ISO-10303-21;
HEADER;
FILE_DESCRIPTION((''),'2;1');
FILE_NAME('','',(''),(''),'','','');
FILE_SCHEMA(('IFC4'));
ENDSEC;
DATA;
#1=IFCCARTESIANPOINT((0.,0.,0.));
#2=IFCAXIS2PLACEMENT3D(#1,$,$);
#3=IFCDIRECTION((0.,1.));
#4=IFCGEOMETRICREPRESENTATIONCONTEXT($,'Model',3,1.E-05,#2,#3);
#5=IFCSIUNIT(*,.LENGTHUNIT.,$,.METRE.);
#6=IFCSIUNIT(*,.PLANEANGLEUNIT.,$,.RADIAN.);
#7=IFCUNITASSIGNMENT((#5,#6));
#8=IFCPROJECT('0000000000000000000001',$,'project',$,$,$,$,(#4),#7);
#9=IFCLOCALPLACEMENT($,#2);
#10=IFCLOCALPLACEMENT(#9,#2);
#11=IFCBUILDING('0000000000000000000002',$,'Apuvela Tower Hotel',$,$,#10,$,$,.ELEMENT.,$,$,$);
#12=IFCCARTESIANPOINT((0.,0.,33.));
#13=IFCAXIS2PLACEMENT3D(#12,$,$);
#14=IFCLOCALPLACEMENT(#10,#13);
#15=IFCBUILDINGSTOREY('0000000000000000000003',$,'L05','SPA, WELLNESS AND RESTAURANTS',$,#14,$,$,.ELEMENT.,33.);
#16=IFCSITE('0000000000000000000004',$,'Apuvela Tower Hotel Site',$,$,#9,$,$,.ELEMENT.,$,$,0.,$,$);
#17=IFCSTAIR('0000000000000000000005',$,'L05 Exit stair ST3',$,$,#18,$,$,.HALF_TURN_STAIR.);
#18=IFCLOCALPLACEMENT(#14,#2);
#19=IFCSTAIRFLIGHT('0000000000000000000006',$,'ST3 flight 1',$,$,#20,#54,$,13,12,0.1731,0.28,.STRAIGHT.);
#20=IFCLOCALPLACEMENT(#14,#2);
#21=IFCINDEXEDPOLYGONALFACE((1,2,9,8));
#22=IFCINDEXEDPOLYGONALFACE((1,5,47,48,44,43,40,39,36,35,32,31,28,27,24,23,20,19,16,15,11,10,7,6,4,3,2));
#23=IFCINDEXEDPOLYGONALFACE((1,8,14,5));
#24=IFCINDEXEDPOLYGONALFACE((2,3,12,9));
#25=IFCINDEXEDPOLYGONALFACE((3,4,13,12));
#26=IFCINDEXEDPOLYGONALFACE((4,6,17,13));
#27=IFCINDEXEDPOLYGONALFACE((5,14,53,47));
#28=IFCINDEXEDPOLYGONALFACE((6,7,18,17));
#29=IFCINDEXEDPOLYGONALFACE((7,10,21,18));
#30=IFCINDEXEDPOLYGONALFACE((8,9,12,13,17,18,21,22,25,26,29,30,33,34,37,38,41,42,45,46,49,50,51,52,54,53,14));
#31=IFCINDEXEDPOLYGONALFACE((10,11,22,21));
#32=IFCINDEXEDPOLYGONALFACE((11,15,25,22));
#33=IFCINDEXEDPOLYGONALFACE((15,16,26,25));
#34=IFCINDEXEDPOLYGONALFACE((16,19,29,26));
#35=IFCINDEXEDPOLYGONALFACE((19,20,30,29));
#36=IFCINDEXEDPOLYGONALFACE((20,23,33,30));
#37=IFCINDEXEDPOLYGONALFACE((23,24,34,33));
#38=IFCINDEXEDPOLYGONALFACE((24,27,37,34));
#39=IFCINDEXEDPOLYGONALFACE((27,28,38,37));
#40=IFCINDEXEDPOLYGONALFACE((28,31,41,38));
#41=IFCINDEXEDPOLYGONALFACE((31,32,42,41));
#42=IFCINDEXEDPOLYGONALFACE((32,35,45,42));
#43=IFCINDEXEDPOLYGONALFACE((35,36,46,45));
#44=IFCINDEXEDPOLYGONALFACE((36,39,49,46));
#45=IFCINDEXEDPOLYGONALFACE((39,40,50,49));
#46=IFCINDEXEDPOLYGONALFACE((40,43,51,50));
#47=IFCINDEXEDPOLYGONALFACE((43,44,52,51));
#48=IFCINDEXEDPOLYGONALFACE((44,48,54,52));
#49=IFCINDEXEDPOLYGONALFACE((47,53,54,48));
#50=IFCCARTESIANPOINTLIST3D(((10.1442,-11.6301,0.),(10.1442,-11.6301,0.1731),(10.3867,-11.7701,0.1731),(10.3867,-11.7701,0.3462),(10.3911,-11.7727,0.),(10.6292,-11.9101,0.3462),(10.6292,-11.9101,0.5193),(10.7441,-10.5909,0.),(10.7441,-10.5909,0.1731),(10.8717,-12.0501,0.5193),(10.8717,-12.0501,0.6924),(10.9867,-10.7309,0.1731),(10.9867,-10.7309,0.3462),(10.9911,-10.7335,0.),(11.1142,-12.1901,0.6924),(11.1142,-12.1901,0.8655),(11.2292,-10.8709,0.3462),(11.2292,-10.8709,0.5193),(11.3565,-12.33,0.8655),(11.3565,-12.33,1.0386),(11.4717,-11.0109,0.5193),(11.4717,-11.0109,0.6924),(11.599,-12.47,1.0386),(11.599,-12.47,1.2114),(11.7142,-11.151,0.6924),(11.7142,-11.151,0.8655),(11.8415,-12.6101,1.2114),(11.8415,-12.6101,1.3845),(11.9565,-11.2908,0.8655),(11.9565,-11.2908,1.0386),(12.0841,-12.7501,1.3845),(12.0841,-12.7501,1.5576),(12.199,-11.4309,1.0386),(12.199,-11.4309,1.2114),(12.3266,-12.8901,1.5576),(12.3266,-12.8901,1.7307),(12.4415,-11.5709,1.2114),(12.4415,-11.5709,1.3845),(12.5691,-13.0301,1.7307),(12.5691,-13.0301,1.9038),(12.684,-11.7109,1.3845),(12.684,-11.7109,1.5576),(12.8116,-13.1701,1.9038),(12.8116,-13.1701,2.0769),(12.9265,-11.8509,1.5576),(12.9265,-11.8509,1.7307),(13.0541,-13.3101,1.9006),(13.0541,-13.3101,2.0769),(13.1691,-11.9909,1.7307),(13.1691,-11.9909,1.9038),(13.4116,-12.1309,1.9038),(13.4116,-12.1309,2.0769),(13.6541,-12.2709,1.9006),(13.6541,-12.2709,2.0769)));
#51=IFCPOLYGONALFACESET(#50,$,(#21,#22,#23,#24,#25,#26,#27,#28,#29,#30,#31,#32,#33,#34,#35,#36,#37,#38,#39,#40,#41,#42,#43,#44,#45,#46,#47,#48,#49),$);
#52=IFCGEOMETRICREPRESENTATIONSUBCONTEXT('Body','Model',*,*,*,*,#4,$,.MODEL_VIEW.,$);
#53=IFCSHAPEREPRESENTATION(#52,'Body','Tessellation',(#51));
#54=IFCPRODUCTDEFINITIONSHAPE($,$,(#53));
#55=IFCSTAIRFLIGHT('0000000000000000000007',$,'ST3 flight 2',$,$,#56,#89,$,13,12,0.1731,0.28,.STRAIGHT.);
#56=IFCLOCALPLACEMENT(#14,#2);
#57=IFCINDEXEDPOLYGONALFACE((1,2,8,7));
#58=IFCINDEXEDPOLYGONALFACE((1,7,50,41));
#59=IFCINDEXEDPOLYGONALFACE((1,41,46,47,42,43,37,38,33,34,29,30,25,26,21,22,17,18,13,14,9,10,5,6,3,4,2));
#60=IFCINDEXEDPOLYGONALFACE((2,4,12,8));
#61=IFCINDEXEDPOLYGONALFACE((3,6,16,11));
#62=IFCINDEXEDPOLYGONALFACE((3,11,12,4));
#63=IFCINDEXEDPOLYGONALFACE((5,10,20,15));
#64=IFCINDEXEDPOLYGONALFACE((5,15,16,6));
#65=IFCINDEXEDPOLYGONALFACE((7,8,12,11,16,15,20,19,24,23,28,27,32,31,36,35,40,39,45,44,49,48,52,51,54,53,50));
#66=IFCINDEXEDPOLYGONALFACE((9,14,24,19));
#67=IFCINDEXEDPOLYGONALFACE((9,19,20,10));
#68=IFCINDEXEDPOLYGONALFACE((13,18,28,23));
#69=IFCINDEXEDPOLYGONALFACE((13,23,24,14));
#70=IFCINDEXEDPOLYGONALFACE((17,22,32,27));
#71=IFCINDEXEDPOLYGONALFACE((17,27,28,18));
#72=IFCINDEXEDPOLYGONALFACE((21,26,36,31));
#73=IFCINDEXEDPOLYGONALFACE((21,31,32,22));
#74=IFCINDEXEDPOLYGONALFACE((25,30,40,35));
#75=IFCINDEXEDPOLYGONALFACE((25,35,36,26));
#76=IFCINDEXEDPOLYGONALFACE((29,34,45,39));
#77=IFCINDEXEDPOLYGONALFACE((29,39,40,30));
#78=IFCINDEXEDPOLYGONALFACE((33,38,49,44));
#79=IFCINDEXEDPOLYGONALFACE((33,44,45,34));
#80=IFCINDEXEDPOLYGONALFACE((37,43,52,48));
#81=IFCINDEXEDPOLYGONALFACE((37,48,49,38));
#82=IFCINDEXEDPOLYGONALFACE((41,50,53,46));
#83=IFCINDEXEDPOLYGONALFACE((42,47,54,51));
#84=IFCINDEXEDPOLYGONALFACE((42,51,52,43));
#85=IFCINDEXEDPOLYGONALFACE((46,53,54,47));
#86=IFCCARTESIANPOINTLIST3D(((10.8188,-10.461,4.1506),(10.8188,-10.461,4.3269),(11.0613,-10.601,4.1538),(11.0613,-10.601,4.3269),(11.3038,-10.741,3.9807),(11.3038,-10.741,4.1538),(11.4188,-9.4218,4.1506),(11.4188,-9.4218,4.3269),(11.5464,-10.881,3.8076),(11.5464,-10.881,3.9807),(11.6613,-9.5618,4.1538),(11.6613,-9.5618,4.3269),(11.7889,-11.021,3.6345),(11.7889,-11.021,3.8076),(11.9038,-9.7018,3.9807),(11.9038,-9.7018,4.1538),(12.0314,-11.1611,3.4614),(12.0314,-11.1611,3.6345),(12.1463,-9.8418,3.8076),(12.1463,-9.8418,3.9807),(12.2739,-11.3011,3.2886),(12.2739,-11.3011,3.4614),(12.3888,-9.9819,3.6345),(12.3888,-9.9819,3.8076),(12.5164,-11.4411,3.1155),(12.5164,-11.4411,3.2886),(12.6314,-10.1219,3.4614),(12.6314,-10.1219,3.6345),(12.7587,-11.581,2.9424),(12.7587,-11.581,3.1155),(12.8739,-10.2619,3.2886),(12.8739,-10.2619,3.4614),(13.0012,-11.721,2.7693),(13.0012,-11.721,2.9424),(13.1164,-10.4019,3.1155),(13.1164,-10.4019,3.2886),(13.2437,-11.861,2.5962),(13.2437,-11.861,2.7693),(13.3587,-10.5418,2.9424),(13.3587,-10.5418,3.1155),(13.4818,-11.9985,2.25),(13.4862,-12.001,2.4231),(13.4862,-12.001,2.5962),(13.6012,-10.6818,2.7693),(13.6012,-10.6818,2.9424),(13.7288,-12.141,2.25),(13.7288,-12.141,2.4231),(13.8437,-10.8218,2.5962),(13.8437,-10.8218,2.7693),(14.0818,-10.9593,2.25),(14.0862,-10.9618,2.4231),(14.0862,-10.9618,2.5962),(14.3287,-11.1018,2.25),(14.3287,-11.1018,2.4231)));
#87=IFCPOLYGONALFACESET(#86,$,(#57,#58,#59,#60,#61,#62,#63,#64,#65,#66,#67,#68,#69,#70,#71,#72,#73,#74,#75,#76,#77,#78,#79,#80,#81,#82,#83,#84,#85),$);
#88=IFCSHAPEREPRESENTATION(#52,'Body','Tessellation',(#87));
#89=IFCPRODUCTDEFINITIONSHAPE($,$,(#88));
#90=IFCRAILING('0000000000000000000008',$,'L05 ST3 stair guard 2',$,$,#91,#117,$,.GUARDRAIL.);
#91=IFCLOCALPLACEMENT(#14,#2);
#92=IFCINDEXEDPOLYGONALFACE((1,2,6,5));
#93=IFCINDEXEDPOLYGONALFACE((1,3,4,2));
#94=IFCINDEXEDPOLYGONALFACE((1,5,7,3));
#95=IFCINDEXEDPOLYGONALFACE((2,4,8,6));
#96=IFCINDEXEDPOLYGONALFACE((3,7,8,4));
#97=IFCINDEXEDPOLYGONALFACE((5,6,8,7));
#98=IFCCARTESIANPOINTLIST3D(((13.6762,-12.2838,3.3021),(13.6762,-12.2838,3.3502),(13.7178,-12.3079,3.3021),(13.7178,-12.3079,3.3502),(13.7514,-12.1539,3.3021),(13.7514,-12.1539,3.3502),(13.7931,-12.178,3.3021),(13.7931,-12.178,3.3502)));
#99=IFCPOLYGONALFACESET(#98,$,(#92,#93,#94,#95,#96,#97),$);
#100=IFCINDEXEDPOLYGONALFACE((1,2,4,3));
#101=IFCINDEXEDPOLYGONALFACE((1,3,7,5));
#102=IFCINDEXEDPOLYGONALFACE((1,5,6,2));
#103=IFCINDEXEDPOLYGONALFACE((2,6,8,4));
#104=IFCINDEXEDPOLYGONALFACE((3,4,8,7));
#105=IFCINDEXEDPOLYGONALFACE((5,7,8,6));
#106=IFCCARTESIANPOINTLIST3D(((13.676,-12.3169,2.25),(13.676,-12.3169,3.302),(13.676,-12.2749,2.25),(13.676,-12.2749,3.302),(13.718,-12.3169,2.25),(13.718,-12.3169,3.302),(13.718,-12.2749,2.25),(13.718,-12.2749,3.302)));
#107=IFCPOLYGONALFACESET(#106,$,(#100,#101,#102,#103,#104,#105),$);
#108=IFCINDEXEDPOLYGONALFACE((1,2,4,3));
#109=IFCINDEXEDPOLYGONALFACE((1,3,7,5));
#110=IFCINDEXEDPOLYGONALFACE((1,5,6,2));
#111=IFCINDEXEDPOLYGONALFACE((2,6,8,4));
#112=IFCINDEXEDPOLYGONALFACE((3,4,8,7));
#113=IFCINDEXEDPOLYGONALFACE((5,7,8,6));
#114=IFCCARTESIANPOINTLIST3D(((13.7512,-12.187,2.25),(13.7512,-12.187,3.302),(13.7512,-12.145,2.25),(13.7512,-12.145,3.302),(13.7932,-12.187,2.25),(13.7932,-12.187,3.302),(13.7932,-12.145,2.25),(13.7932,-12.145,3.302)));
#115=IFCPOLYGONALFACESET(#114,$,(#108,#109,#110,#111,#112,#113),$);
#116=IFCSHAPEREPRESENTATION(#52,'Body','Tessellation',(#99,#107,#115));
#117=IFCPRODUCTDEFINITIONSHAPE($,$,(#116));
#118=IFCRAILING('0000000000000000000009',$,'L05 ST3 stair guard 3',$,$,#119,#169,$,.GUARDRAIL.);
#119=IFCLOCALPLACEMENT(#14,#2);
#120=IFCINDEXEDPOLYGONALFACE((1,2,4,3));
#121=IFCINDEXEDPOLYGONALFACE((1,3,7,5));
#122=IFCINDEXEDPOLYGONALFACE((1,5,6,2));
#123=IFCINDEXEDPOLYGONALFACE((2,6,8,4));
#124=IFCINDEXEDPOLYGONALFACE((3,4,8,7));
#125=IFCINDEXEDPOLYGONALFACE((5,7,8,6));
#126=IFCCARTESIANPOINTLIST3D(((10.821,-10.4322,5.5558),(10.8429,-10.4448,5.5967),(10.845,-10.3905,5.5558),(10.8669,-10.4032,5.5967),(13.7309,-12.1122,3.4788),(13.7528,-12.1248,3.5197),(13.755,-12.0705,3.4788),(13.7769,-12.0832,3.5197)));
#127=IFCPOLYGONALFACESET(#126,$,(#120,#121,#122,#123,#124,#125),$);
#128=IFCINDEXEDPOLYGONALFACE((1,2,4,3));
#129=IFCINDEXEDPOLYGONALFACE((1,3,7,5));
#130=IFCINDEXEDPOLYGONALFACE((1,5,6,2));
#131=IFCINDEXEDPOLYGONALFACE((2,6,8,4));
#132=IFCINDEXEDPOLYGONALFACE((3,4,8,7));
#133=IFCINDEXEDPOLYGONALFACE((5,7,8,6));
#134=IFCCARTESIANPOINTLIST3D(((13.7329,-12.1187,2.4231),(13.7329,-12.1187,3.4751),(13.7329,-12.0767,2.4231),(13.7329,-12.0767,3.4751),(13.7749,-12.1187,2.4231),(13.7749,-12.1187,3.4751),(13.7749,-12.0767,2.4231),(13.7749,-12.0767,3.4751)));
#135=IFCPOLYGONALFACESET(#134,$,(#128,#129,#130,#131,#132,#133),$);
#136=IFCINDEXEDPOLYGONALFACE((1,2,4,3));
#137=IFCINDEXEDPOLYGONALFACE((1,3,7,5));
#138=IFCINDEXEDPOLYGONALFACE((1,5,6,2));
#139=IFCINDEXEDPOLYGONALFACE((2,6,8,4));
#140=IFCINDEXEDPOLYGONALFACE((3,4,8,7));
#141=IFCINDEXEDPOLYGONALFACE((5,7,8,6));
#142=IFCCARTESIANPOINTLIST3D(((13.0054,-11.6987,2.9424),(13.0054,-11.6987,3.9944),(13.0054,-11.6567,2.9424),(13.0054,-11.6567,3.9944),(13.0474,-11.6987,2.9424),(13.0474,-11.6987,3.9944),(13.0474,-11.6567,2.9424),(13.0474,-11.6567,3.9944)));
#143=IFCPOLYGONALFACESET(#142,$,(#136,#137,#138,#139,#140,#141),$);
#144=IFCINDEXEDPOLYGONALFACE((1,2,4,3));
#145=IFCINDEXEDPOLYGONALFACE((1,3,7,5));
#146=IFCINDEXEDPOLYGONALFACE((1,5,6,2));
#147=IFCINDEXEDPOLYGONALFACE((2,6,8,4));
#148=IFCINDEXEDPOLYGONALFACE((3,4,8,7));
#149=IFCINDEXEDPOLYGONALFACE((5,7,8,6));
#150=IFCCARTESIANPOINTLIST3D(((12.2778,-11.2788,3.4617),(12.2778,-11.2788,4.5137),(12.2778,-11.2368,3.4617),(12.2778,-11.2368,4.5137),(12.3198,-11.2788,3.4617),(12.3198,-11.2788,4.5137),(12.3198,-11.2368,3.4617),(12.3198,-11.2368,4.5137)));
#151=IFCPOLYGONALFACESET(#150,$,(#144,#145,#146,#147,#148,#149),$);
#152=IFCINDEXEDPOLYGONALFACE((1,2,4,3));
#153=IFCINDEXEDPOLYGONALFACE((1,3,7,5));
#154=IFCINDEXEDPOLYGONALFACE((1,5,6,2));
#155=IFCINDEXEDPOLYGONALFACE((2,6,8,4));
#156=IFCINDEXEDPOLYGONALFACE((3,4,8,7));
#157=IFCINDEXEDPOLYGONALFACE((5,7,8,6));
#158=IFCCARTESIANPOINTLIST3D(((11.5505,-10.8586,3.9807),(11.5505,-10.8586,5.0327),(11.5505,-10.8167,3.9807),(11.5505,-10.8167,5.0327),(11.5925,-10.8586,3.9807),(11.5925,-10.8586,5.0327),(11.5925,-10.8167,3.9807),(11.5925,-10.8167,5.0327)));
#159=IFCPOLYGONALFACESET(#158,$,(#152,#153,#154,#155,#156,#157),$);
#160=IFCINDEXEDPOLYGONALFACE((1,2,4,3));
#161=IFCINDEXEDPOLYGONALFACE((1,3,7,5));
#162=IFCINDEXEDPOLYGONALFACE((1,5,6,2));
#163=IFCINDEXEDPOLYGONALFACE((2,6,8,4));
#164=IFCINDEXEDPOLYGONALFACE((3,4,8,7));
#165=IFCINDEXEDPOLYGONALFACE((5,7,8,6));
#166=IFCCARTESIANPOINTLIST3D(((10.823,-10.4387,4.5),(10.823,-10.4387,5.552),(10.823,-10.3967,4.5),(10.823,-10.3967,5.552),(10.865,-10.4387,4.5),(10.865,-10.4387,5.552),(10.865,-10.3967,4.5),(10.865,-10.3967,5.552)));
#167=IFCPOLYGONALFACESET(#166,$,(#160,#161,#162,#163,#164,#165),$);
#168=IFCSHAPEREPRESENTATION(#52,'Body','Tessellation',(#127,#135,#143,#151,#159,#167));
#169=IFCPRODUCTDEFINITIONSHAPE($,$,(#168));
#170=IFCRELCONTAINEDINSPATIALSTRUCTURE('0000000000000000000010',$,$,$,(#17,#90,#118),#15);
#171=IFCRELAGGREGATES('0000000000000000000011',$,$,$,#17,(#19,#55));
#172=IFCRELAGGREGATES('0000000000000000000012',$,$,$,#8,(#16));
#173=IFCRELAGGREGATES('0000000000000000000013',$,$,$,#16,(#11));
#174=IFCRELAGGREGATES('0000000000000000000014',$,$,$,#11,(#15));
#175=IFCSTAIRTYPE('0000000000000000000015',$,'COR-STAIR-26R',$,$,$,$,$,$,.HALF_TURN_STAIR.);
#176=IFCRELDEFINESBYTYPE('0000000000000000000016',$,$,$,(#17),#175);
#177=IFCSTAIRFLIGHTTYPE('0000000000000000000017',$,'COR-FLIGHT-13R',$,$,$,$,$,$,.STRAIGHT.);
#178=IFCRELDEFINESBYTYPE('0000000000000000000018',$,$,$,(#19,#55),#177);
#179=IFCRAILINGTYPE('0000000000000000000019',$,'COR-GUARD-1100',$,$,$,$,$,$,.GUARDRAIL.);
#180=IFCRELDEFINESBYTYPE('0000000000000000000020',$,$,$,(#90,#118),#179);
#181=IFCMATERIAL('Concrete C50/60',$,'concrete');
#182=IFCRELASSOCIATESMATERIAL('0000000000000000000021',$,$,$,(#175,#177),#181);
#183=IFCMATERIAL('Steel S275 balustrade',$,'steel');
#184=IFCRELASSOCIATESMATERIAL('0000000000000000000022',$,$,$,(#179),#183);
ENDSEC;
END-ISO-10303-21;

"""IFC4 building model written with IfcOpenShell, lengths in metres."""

from ifc_helpers import new_model, si_unit, direction, frame, origin, origin_2d, place, context, subcontext, project, spatial, polyline, rectangle, outline, extrude, material, type_object, element, aggregate, save


model = new_model("IFC4")

# Units and contexts
model_context = context("Model", 3, precision=1e-05, world=origin(), true_north=direction((0.0, 1.0)))
body_context = subcontext(model_context, "Body", "Model", "MODEL_VIEW")
ifc_project = project(units=[si_unit("LENGTHUNIT", "METRE"), si_unit("PLANEANGLEUNIT", "RADIAN")], contexts=[model_context])

# Site, building, storey
site_placement = place(None, origin())
site = spatial("IfcSite", under=ifc_project, at=site_placement, Name="Apuvela Tower Hotel Site", CompositionType="ELEMENT", RefElevation=0.0)
building_placement = place(site_placement, origin())
building = spatial("IfcBuilding", under=site, at=building_placement, Name="Apuvela Tower Hotel", CompositionType="ELEMENT")
storey_placement = place(building_placement, frame((0.0, 0.0, 33.0)))
storey = spatial("IfcBuildingStorey", under=building, at=storey_placement, Name="L05", Description="SPA, WELLNESS AND RESTAURANTS", CompositionType="ELEMENT", Elevation=33.0)

# Shared definitions
ifc_material_1 = material(Name="Concrete C50/60", Category="concrete")

# Stair, stair flights
stair_type = type_object("IfcStairType", Name="COR-STAIR-26R", PredefinedType="HALF_TURN_STAIR", material=ifc_material_1)
stair_placement = place(storey_placement, origin())
stair = element("IfcStair", 1, at=stair_placement, inside=storey, type_object=stair_type, Name="L05 Exit stair ST3", PredefinedType="HALF_TURN_STAIR")
stair_flight_type = type_object("IfcStairFlightType", Name="COR-FLIGHT-13R", PredefinedType="STRAIGHT", material=ifc_material_1)
stair_flight_1_placement = place(storey_placement, frame((10.4441, -11.1106, 0.0), z_axis=(0.0, 0.0, 1.0), x_axis=(0.866025, -0.5, 0.0)))
stair_flight_1 = element("IfcStairFlight", 2, at=stair_flight_1_placement, type_object=stair_flight_type, Name="ST3 flight 1", NumberOfRisers=13, NumberOfTreads=12, PredefinedType="STRAIGHT", RiserHeight=0.1731, TreadLength=0.28, context=body_context, shape_type="SweptSolid", body=[
    extrude(outline(polyline([(0.0, 0.0), (0.0, 0.1731), (0.28, 0.1731), (0.28, 0.3462), (0.5601, 0.3462), (0.5601, 0.5193), (0.8401, 0.5193), (0.8401, 0.6924), (1.1201, 0.6924), (1.1201, 0.8655), (1.3999, 0.8655), (1.3999, 1.0386), (1.6799, 1.0386), (1.6799, 1.2114), (1.96, 1.2114), (1.96, 1.3845), (2.24, 1.3845), (2.24, 1.5576), (2.52, 1.5576), (2.52, 1.7307), (2.8, 1.7307), (2.8, 1.9038), (3.0801, 1.9038), (3.0801, 2.0769), (3.3601, 2.0769), (3.3601, 2.25), (3.3601, 1.9006), (0.2852, 0.0), (0.0, 0.0)])), frame((0.0, 0.6001, 0.0), z_axis=(0.0, -1.0, 0.0), x_axis=(1.0, 0.0, 0.0)), (0.0, 0.0, 1.0), 1.2),
])
stair_flight_2_placement = place(storey_placement, frame((14.0288, -11.6213, 2.25), z_axis=(0.0, 0.0, 1.0), x_axis=(-0.866025, 0.5, 0.0)))
stair_flight_2 = element("IfcStairFlight", 3, at=stair_flight_2_placement, type_object=stair_flight_type, Name="ST3 flight 2", NumberOfRisers=13, NumberOfTreads=12, PredefinedType="STRAIGHT", RiserHeight=0.1731, TreadLength=0.28, context=body_context, shape_type="SweptSolid", body=[
    extrude(outline(polyline([(0.0, 0.0), (0.0, 0.1731), (0.28, 0.1731), (0.28, 0.3462), (0.5601, 0.3462), (0.5601, 0.5193), (0.8401, 0.5193), (0.8401, 0.6924), (1.1201, 0.6924), (1.1201, 0.8655), (1.3999, 0.8655), (1.3999, 1.0386), (1.6799, 1.0386), (1.6799, 1.2114), (1.96, 1.2114), (1.96, 1.3845), (2.24, 1.3845), (2.24, 1.5576), (2.52, 1.5576), (2.52, 1.7307), (2.8, 1.7307), (2.8, 1.9038), (3.0801, 1.9038), (3.0801, 2.0769), (3.3601, 2.0769), (3.3601, 2.25), (3.3601, 1.9006), (0.2852, 0.0), (0.0, 0.0)])), frame((0.0, 0.6001, 0.0), z_axis=(0.0, -1.0, 0.0), x_axis=(1.0, 0.0, 0.0)), (0.0, 0.0, 1.0), 1.2),
])
aggregate(stair, [stair_flight_1, stair_flight_2])

# Railings
ifc_material_2 = material(Name="Steel S275 balustrade", Category="steel")
railing_type_1 = type_object("IfcRailingType", Name="COR-GUARD-1100", PredefinedType="GUARDRAIL", material=ifc_material_2)
railing_1_placement = place(storey_placement, frame((13.697, -12.2959, 2.25)))
element("IfcRailing", 4, at=railing_1_placement, inside=storey, type_object=railing_type_1, Name="L05 ST3 stair guard 2", PredefinedType="GUARDRAIL", context=body_context, shape_type="SweptSolid", body=[
    extrude(rectangle(XDim=0.0481, YDim=0.0481, at=origin_2d()), frame((0.0, 0.0, 1.0762), z_axis=(0.501036, 0.865426, 0.0), x_axis=(-0.865426, 0.501036, 0.0)), (0.0, 0.0, 1.0), 0.1501),
    extrude(rectangle(XDim=0.042, YDim=0.042, at=origin_2d()), origin(), (0.0, 0.0, 1.0), 1.052),
    extrude(rectangle(XDim=0.042, YDim=0.042, at=origin_2d()), frame((0.0752, 0.1299, 0.0)), (0.0, 0.0, 1.0), 1.052),
])
railing_2_placement = place(storey_placement, frame((13.7539, -12.0977, 2.4231)))
element("IfcRailing", 5, at=railing_2_placement, inside=storey, type_object=railing_type_1, Name="L05 ST3 stair guard 3", PredefinedType="GUARDRAIL", context=body_context, shape_type="SweptSolid", body=[
    extrude(rectangle(XDim=0.0481, YDim=0.0481, at=origin_2d()), frame((0.0, 0.0, 1.0762), z_axis=(-0.736668, 0.425288, 0.525785), x_axis=(-0.499976, -0.866039, 0.0)), (0.0, 0.0, 1.0), 3.9502),
    extrude(rectangle(XDim=0.042, YDim=0.042, at=origin_2d()), origin(), (0.0, 0.0, 1.0), 1.052),
    extrude(rectangle(XDim=0.042, YDim=0.042, at=origin_2d()), frame((-0.7275, 0.4199, 0.5193)), (0.0, 0.0, 1.0), 1.052),
    extrude(rectangle(XDim=0.042, YDim=0.042, at=origin_2d()), frame((-1.4551, 0.8398, 1.0386)), (0.0, 0.0, 1.0), 1.052),
    extrude(rectangle(XDim=0.042, YDim=0.042, at=origin_2d()), frame((-2.1824, 1.26, 1.5576)), (0.0, 0.0, 1.0), 1.052),
    extrude(rectangle(XDim=0.042, YDim=0.042, at=origin_2d()), frame((-2.9099, 1.6799, 2.0769)), (0.0, 0.0, 1.0), 1.052),
])

save(model, "model.ifc")
